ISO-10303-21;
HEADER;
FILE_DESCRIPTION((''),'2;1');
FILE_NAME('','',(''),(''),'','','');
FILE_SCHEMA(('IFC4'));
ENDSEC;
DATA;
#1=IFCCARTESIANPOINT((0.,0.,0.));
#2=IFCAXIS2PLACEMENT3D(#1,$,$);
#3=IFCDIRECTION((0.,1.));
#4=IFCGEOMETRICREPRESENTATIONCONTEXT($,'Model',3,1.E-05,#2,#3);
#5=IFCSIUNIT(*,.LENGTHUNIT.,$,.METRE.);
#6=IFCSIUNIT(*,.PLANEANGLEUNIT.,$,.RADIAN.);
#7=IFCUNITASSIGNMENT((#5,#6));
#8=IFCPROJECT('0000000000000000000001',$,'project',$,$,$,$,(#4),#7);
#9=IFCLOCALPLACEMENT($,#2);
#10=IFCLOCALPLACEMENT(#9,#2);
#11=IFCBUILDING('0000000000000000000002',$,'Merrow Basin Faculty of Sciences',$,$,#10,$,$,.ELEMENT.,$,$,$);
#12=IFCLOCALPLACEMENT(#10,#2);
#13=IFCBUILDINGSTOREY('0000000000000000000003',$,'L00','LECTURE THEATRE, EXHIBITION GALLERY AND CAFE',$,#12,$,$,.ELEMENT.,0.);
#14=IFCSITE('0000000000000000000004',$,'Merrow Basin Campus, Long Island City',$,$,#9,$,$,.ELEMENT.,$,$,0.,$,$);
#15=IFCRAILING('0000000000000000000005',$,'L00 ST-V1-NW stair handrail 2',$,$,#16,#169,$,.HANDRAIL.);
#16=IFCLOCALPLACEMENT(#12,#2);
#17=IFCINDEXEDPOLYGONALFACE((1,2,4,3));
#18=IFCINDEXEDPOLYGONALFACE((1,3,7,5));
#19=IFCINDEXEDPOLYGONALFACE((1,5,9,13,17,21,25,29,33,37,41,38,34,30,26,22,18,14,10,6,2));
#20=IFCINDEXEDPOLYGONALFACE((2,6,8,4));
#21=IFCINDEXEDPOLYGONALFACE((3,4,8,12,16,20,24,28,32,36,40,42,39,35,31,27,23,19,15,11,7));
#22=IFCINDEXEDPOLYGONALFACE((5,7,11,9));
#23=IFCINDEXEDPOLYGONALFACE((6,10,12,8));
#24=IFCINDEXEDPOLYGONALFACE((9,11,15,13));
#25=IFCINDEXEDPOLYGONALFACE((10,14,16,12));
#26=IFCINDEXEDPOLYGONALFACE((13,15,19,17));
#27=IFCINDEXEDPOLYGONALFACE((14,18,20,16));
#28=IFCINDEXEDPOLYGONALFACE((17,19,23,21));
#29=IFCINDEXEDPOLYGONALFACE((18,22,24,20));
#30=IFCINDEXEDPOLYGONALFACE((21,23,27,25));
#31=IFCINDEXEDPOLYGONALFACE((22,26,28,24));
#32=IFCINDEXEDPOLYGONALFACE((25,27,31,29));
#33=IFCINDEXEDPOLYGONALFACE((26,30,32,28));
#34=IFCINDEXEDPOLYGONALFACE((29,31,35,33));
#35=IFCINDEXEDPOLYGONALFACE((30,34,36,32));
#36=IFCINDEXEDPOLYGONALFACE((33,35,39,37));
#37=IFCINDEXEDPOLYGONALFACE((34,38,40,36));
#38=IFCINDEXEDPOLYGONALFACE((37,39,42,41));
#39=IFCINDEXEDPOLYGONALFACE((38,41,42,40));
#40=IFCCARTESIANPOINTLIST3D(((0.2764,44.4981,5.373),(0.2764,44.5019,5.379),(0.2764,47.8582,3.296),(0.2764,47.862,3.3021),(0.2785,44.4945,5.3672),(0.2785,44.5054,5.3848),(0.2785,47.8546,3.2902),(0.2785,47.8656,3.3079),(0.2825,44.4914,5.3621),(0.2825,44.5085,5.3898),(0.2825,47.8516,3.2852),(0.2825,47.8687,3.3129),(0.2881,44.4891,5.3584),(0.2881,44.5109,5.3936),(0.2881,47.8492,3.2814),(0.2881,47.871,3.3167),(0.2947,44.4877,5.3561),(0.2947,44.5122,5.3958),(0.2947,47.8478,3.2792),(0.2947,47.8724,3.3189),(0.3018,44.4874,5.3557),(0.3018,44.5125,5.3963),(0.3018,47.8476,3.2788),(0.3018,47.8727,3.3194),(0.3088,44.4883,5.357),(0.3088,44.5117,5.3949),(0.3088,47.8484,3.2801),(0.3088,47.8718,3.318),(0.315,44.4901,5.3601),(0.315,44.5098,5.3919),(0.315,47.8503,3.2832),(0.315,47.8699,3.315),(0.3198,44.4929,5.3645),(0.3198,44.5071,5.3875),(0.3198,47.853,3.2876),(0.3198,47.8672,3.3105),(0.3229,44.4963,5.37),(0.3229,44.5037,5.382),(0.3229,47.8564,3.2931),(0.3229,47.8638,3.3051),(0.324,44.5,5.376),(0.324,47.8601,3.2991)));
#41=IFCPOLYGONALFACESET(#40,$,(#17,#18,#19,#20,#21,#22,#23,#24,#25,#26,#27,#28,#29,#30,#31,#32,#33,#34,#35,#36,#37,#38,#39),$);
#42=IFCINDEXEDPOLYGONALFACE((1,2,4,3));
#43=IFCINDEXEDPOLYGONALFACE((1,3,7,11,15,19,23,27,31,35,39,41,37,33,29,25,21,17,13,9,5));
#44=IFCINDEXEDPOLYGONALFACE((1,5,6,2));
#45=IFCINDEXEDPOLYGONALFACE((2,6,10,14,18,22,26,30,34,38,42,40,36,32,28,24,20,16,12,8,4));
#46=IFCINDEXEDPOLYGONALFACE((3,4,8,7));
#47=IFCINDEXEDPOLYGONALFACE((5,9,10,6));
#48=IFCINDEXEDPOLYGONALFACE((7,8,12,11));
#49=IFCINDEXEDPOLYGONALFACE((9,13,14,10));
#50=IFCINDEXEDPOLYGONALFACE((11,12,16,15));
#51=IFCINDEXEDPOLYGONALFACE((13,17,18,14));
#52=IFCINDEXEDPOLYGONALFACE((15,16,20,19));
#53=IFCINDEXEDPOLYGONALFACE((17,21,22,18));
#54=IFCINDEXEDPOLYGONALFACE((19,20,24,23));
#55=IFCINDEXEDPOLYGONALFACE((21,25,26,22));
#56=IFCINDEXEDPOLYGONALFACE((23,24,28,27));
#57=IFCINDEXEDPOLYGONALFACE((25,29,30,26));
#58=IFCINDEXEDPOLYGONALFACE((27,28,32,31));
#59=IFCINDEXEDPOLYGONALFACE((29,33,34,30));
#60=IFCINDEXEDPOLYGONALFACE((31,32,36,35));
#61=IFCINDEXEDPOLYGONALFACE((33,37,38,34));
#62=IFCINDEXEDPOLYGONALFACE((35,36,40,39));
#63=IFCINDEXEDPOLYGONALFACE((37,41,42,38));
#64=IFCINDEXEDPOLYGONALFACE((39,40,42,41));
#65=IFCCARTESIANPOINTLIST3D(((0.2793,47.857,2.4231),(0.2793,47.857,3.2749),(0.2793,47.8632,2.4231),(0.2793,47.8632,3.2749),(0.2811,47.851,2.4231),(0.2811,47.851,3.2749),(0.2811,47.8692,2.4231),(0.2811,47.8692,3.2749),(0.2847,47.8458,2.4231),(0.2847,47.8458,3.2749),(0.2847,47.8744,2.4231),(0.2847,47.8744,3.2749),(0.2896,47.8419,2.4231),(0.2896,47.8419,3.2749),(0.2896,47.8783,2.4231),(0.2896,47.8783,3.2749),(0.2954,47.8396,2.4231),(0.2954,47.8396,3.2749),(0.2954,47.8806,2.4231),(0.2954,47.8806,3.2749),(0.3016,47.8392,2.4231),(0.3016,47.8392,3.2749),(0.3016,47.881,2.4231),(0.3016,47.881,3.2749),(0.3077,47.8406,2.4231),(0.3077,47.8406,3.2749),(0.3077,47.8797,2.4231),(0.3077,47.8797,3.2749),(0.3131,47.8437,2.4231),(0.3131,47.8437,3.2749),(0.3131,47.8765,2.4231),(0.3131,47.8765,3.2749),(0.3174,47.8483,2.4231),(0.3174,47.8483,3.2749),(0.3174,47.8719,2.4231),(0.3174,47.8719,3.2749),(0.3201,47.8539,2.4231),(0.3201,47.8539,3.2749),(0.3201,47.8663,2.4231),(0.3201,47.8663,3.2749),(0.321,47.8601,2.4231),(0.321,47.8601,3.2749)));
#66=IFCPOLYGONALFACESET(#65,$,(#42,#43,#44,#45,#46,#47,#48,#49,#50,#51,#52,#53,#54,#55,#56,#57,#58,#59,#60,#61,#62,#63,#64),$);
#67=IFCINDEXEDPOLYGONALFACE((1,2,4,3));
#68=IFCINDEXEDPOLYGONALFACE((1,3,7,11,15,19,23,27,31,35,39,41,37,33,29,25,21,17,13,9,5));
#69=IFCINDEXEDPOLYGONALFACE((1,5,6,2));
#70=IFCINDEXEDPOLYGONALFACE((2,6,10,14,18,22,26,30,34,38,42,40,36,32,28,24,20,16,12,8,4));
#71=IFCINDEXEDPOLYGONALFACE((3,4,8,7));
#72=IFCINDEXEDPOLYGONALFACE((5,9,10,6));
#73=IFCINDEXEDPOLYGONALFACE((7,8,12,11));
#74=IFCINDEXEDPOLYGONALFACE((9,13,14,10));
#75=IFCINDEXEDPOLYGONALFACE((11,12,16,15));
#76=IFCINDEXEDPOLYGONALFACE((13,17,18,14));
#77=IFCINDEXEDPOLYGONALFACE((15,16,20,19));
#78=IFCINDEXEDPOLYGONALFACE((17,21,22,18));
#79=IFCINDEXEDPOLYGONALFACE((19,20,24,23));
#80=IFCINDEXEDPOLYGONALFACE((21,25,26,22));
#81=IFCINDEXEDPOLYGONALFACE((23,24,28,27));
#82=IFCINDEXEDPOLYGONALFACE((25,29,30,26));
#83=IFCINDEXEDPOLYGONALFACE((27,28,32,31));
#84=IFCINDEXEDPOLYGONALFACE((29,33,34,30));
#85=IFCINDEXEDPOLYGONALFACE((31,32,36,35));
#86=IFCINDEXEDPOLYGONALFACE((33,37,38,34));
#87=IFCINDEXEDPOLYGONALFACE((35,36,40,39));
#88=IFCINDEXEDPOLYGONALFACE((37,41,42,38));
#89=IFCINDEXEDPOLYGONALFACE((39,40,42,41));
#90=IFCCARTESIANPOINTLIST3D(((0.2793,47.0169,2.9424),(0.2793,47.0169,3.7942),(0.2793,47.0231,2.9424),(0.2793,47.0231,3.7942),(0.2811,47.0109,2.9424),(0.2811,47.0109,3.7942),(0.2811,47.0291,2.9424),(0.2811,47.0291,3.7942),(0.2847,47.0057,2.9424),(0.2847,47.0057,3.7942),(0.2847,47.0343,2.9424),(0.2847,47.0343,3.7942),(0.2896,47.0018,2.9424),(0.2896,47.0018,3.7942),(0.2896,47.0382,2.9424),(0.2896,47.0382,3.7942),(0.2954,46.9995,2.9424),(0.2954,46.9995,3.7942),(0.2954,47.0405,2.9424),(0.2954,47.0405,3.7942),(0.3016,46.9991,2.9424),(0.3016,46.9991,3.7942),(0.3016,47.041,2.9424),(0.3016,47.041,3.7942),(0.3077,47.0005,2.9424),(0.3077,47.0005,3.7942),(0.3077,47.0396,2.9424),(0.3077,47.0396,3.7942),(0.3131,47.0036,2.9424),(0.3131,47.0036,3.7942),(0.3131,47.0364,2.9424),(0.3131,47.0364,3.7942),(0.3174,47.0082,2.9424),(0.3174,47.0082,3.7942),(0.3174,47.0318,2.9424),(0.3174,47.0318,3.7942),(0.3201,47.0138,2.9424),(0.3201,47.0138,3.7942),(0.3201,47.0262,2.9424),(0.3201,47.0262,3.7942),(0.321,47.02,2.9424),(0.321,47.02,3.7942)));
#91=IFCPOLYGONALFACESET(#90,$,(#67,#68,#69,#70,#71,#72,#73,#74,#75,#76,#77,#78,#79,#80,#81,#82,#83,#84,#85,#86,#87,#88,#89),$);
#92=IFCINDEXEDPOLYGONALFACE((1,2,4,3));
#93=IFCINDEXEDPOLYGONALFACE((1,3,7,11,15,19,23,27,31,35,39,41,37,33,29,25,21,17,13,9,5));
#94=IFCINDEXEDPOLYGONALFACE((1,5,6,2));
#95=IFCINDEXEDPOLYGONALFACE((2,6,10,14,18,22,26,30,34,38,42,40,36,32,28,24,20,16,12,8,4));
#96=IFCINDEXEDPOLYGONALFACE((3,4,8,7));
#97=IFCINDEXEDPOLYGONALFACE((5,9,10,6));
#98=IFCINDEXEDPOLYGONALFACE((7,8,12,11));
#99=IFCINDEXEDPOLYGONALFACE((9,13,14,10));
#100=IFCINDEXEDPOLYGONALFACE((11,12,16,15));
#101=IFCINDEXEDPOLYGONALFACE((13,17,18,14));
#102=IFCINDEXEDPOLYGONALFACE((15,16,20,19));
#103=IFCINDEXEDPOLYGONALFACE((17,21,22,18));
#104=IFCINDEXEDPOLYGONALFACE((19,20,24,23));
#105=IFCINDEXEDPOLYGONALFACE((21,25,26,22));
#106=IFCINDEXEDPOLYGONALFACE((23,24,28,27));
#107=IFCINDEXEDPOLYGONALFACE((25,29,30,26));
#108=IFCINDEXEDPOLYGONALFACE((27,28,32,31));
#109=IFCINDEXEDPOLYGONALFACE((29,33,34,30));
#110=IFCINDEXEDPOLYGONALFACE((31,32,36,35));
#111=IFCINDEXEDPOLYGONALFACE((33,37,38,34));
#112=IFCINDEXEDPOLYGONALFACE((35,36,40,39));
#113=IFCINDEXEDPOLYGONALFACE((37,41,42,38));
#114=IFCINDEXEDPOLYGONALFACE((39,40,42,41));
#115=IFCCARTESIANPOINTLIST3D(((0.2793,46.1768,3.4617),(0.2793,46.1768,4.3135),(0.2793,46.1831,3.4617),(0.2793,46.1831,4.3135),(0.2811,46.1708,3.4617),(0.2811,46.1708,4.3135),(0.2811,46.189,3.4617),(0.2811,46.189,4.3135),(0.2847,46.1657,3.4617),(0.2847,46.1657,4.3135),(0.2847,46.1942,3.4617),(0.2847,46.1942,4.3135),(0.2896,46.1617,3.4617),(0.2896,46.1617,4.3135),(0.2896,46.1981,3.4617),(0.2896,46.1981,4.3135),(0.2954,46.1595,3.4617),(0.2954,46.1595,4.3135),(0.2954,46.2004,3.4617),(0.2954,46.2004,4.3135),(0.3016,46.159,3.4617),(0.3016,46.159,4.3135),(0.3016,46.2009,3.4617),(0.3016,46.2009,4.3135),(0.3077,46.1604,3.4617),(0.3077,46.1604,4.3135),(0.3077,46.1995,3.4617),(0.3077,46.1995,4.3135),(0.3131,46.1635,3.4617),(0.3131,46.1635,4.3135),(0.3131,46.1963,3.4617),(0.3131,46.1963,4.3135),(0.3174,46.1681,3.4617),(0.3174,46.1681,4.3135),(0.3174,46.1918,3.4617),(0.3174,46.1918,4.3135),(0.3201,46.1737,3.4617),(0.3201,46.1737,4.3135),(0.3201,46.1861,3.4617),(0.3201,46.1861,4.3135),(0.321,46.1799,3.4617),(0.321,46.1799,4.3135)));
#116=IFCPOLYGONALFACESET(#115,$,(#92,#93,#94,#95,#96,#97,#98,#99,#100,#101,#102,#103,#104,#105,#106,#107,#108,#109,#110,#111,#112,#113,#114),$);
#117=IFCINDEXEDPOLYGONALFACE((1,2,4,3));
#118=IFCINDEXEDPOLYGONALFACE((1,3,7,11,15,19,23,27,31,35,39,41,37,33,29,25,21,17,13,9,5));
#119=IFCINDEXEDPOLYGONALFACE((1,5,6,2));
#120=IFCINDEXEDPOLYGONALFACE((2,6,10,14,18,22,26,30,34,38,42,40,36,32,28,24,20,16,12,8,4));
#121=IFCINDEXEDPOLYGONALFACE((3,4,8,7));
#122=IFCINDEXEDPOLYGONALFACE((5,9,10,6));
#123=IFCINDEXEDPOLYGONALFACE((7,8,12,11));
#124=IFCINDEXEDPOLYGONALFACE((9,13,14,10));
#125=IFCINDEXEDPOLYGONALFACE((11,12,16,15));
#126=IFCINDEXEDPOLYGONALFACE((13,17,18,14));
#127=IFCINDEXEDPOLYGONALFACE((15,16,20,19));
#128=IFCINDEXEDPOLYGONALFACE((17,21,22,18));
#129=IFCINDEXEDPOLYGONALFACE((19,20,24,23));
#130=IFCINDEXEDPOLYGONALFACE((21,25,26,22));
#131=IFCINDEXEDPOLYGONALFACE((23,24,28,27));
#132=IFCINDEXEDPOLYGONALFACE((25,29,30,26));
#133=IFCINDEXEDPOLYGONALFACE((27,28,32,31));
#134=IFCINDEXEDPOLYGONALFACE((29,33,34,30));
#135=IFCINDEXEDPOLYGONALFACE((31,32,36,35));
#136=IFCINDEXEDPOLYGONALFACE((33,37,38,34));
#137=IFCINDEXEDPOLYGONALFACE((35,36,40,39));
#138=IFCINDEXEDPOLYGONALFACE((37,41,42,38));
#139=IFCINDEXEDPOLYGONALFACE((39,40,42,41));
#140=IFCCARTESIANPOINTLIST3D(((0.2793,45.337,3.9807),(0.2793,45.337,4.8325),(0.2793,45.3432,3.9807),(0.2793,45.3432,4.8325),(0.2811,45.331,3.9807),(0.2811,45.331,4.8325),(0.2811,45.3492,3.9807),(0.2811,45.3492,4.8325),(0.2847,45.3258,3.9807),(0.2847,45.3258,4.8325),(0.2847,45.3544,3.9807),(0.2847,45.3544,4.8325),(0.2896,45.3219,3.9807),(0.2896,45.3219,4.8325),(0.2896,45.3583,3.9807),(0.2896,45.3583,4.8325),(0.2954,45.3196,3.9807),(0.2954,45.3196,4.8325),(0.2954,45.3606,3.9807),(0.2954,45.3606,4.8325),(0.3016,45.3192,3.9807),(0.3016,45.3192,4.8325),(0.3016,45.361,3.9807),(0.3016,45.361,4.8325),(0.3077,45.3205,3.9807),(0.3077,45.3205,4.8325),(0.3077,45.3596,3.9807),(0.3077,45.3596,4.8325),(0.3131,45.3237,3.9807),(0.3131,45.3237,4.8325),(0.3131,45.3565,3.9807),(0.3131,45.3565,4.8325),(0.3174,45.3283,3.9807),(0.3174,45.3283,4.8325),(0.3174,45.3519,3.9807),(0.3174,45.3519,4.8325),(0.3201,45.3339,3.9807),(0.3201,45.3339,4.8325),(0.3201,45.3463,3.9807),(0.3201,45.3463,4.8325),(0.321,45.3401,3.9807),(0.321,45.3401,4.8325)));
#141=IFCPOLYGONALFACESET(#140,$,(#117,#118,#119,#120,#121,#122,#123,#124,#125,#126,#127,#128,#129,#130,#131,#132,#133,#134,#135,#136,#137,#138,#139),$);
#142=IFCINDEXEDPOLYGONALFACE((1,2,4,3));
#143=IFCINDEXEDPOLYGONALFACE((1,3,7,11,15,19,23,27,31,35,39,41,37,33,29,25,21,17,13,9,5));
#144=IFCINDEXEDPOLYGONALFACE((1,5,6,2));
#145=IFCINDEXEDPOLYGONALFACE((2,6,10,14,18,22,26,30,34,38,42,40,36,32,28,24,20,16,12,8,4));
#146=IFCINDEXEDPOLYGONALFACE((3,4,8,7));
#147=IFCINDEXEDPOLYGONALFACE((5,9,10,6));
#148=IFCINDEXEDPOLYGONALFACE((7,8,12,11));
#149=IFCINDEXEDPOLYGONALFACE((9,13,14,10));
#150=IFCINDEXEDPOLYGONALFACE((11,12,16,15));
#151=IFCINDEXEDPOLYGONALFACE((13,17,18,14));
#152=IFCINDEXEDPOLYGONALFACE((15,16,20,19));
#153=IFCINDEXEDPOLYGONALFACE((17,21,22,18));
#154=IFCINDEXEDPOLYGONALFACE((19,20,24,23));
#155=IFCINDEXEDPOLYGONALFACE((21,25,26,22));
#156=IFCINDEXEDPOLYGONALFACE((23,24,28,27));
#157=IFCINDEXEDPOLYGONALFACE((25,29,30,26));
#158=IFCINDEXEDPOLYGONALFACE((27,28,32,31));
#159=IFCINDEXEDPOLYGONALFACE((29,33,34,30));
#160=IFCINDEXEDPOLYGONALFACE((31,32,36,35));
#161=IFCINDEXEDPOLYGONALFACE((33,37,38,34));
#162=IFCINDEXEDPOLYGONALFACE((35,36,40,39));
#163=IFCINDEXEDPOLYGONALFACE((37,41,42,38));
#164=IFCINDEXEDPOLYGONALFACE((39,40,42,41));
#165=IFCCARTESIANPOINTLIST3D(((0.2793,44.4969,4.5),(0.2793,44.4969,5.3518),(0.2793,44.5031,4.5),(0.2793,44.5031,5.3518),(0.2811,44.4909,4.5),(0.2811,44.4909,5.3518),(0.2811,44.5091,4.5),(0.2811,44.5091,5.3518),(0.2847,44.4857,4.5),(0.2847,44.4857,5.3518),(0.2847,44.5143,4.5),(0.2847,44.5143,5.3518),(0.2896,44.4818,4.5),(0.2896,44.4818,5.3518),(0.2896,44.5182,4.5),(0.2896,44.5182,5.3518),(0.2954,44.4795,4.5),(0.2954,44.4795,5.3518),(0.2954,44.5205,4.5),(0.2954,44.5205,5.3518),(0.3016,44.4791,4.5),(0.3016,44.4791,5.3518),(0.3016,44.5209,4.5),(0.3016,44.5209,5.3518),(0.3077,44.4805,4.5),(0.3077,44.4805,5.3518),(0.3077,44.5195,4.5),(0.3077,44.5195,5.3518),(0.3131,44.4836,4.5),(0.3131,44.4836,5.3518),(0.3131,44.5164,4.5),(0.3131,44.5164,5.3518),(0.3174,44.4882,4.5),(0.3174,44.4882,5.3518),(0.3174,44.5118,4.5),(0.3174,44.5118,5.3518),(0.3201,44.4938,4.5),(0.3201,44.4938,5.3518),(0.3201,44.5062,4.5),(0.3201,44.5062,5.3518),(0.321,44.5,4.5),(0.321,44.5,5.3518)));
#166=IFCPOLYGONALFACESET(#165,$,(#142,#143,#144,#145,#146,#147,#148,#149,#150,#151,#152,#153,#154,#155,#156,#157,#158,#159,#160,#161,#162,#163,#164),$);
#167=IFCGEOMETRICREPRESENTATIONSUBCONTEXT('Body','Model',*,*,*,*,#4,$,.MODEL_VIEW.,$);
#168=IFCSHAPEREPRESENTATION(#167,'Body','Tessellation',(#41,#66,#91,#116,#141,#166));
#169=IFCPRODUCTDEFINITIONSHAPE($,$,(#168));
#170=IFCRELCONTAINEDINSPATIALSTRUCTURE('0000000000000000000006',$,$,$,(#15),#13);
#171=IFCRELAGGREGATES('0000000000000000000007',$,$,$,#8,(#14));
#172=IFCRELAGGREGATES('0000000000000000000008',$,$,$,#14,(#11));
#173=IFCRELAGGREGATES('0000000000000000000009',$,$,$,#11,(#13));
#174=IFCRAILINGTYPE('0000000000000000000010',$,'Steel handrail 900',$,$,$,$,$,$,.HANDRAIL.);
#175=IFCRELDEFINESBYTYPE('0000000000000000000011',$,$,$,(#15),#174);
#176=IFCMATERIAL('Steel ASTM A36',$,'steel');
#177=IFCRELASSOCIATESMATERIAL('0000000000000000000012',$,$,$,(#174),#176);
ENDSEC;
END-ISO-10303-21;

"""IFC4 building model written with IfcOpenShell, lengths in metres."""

from ifc_helpers import new_model, si_unit, direction, frame, origin, origin_2d, place, context, subcontext, project, spatial, circle, extrude, material, type_object, element, save


model = new_model("IFC4")

# Units and contexts
model_context = context("Model", 3, precision=1e-05, world=origin(), true_north=direction((0.0, 1.0)))
body_context = subcontext(model_context, "Body", "Model", "MODEL_VIEW")
ifc_project = project(units=[si_unit("LENGTHUNIT", "METRE"), si_unit("PLANEANGLEUNIT", "RADIAN")], contexts=[model_context])

# Site, building, storey
site_placement = place(None, origin())
site = spatial("IfcSite", under=ifc_project, at=site_placement, Name="Merrow Basin Campus, Long Island City", CompositionType="ELEMENT", RefElevation=0.0)
building_placement = place(site_placement, origin())
building = spatial("IfcBuilding", under=site, at=building_placement, Name="Merrow Basin Faculty of Sciences", CompositionType="ELEMENT")
storey_placement = place(building_placement, origin())
storey = spatial("IfcBuildingStorey", under=building, at=storey_placement, Name="L00", Description="LECTURE THEATRE, EXHIBITION GALLERY AND CAFE", CompositionType="ELEMENT", Elevation=0.0)

# Railing
ifc_material_1 = material(Name="Steel ASTM A36", Category="steel")
railing_type_1 = type_object("IfcRailingType", Name="Steel handrail 900", PredefinedType="HANDRAIL", material=ifc_material_1)
railing_1_placement = place(storey_placement, frame((0.3, 47.8601, 2.4231)))
element("IfcRailing", 1, at=railing_1_placement, inside=storey, type_object=railing_type_1, Name="L00 ST-V1-NW stair handrail 2", PredefinedType="HANDRAIL", context=body_context, shape_type="SweptSolid", body=[
    extrude(circle(Radius=0.0239, at=origin_2d()), frame((0.0, 0.0, 0.876), z_axis=(0.0, -0.850623, 0.525776), x_axis=(1.0, 0.0, 0.0)), (0.0, 0.0, 1.0), 3.9502),
    extrude(circle(Radius=0.021, at=origin_2d()), origin(), (0.0, 0.0, 1.0), 0.8518),
    extrude(circle(Radius=0.021, at=origin_2d()), frame((0.0, -0.8401, 0.5193)), (0.0, 0.0, 1.0), 0.8518),
    extrude(circle(Radius=0.021, at=origin_2d()), frame((0.0, -1.6802, 1.0386)), (0.0, 0.0, 1.0), 0.8518),
    extrude(circle(Radius=0.021, at=origin_2d()), frame((0.0, -2.52, 1.5576)), (0.0, 0.0, 1.0), 0.8518),
    extrude(circle(Radius=0.021, at=origin_2d()), frame((0.0, -3.3601, 2.0769)), (0.0, 0.0, 1.0), 0.8518),
])

save(model, "model.ifc")
